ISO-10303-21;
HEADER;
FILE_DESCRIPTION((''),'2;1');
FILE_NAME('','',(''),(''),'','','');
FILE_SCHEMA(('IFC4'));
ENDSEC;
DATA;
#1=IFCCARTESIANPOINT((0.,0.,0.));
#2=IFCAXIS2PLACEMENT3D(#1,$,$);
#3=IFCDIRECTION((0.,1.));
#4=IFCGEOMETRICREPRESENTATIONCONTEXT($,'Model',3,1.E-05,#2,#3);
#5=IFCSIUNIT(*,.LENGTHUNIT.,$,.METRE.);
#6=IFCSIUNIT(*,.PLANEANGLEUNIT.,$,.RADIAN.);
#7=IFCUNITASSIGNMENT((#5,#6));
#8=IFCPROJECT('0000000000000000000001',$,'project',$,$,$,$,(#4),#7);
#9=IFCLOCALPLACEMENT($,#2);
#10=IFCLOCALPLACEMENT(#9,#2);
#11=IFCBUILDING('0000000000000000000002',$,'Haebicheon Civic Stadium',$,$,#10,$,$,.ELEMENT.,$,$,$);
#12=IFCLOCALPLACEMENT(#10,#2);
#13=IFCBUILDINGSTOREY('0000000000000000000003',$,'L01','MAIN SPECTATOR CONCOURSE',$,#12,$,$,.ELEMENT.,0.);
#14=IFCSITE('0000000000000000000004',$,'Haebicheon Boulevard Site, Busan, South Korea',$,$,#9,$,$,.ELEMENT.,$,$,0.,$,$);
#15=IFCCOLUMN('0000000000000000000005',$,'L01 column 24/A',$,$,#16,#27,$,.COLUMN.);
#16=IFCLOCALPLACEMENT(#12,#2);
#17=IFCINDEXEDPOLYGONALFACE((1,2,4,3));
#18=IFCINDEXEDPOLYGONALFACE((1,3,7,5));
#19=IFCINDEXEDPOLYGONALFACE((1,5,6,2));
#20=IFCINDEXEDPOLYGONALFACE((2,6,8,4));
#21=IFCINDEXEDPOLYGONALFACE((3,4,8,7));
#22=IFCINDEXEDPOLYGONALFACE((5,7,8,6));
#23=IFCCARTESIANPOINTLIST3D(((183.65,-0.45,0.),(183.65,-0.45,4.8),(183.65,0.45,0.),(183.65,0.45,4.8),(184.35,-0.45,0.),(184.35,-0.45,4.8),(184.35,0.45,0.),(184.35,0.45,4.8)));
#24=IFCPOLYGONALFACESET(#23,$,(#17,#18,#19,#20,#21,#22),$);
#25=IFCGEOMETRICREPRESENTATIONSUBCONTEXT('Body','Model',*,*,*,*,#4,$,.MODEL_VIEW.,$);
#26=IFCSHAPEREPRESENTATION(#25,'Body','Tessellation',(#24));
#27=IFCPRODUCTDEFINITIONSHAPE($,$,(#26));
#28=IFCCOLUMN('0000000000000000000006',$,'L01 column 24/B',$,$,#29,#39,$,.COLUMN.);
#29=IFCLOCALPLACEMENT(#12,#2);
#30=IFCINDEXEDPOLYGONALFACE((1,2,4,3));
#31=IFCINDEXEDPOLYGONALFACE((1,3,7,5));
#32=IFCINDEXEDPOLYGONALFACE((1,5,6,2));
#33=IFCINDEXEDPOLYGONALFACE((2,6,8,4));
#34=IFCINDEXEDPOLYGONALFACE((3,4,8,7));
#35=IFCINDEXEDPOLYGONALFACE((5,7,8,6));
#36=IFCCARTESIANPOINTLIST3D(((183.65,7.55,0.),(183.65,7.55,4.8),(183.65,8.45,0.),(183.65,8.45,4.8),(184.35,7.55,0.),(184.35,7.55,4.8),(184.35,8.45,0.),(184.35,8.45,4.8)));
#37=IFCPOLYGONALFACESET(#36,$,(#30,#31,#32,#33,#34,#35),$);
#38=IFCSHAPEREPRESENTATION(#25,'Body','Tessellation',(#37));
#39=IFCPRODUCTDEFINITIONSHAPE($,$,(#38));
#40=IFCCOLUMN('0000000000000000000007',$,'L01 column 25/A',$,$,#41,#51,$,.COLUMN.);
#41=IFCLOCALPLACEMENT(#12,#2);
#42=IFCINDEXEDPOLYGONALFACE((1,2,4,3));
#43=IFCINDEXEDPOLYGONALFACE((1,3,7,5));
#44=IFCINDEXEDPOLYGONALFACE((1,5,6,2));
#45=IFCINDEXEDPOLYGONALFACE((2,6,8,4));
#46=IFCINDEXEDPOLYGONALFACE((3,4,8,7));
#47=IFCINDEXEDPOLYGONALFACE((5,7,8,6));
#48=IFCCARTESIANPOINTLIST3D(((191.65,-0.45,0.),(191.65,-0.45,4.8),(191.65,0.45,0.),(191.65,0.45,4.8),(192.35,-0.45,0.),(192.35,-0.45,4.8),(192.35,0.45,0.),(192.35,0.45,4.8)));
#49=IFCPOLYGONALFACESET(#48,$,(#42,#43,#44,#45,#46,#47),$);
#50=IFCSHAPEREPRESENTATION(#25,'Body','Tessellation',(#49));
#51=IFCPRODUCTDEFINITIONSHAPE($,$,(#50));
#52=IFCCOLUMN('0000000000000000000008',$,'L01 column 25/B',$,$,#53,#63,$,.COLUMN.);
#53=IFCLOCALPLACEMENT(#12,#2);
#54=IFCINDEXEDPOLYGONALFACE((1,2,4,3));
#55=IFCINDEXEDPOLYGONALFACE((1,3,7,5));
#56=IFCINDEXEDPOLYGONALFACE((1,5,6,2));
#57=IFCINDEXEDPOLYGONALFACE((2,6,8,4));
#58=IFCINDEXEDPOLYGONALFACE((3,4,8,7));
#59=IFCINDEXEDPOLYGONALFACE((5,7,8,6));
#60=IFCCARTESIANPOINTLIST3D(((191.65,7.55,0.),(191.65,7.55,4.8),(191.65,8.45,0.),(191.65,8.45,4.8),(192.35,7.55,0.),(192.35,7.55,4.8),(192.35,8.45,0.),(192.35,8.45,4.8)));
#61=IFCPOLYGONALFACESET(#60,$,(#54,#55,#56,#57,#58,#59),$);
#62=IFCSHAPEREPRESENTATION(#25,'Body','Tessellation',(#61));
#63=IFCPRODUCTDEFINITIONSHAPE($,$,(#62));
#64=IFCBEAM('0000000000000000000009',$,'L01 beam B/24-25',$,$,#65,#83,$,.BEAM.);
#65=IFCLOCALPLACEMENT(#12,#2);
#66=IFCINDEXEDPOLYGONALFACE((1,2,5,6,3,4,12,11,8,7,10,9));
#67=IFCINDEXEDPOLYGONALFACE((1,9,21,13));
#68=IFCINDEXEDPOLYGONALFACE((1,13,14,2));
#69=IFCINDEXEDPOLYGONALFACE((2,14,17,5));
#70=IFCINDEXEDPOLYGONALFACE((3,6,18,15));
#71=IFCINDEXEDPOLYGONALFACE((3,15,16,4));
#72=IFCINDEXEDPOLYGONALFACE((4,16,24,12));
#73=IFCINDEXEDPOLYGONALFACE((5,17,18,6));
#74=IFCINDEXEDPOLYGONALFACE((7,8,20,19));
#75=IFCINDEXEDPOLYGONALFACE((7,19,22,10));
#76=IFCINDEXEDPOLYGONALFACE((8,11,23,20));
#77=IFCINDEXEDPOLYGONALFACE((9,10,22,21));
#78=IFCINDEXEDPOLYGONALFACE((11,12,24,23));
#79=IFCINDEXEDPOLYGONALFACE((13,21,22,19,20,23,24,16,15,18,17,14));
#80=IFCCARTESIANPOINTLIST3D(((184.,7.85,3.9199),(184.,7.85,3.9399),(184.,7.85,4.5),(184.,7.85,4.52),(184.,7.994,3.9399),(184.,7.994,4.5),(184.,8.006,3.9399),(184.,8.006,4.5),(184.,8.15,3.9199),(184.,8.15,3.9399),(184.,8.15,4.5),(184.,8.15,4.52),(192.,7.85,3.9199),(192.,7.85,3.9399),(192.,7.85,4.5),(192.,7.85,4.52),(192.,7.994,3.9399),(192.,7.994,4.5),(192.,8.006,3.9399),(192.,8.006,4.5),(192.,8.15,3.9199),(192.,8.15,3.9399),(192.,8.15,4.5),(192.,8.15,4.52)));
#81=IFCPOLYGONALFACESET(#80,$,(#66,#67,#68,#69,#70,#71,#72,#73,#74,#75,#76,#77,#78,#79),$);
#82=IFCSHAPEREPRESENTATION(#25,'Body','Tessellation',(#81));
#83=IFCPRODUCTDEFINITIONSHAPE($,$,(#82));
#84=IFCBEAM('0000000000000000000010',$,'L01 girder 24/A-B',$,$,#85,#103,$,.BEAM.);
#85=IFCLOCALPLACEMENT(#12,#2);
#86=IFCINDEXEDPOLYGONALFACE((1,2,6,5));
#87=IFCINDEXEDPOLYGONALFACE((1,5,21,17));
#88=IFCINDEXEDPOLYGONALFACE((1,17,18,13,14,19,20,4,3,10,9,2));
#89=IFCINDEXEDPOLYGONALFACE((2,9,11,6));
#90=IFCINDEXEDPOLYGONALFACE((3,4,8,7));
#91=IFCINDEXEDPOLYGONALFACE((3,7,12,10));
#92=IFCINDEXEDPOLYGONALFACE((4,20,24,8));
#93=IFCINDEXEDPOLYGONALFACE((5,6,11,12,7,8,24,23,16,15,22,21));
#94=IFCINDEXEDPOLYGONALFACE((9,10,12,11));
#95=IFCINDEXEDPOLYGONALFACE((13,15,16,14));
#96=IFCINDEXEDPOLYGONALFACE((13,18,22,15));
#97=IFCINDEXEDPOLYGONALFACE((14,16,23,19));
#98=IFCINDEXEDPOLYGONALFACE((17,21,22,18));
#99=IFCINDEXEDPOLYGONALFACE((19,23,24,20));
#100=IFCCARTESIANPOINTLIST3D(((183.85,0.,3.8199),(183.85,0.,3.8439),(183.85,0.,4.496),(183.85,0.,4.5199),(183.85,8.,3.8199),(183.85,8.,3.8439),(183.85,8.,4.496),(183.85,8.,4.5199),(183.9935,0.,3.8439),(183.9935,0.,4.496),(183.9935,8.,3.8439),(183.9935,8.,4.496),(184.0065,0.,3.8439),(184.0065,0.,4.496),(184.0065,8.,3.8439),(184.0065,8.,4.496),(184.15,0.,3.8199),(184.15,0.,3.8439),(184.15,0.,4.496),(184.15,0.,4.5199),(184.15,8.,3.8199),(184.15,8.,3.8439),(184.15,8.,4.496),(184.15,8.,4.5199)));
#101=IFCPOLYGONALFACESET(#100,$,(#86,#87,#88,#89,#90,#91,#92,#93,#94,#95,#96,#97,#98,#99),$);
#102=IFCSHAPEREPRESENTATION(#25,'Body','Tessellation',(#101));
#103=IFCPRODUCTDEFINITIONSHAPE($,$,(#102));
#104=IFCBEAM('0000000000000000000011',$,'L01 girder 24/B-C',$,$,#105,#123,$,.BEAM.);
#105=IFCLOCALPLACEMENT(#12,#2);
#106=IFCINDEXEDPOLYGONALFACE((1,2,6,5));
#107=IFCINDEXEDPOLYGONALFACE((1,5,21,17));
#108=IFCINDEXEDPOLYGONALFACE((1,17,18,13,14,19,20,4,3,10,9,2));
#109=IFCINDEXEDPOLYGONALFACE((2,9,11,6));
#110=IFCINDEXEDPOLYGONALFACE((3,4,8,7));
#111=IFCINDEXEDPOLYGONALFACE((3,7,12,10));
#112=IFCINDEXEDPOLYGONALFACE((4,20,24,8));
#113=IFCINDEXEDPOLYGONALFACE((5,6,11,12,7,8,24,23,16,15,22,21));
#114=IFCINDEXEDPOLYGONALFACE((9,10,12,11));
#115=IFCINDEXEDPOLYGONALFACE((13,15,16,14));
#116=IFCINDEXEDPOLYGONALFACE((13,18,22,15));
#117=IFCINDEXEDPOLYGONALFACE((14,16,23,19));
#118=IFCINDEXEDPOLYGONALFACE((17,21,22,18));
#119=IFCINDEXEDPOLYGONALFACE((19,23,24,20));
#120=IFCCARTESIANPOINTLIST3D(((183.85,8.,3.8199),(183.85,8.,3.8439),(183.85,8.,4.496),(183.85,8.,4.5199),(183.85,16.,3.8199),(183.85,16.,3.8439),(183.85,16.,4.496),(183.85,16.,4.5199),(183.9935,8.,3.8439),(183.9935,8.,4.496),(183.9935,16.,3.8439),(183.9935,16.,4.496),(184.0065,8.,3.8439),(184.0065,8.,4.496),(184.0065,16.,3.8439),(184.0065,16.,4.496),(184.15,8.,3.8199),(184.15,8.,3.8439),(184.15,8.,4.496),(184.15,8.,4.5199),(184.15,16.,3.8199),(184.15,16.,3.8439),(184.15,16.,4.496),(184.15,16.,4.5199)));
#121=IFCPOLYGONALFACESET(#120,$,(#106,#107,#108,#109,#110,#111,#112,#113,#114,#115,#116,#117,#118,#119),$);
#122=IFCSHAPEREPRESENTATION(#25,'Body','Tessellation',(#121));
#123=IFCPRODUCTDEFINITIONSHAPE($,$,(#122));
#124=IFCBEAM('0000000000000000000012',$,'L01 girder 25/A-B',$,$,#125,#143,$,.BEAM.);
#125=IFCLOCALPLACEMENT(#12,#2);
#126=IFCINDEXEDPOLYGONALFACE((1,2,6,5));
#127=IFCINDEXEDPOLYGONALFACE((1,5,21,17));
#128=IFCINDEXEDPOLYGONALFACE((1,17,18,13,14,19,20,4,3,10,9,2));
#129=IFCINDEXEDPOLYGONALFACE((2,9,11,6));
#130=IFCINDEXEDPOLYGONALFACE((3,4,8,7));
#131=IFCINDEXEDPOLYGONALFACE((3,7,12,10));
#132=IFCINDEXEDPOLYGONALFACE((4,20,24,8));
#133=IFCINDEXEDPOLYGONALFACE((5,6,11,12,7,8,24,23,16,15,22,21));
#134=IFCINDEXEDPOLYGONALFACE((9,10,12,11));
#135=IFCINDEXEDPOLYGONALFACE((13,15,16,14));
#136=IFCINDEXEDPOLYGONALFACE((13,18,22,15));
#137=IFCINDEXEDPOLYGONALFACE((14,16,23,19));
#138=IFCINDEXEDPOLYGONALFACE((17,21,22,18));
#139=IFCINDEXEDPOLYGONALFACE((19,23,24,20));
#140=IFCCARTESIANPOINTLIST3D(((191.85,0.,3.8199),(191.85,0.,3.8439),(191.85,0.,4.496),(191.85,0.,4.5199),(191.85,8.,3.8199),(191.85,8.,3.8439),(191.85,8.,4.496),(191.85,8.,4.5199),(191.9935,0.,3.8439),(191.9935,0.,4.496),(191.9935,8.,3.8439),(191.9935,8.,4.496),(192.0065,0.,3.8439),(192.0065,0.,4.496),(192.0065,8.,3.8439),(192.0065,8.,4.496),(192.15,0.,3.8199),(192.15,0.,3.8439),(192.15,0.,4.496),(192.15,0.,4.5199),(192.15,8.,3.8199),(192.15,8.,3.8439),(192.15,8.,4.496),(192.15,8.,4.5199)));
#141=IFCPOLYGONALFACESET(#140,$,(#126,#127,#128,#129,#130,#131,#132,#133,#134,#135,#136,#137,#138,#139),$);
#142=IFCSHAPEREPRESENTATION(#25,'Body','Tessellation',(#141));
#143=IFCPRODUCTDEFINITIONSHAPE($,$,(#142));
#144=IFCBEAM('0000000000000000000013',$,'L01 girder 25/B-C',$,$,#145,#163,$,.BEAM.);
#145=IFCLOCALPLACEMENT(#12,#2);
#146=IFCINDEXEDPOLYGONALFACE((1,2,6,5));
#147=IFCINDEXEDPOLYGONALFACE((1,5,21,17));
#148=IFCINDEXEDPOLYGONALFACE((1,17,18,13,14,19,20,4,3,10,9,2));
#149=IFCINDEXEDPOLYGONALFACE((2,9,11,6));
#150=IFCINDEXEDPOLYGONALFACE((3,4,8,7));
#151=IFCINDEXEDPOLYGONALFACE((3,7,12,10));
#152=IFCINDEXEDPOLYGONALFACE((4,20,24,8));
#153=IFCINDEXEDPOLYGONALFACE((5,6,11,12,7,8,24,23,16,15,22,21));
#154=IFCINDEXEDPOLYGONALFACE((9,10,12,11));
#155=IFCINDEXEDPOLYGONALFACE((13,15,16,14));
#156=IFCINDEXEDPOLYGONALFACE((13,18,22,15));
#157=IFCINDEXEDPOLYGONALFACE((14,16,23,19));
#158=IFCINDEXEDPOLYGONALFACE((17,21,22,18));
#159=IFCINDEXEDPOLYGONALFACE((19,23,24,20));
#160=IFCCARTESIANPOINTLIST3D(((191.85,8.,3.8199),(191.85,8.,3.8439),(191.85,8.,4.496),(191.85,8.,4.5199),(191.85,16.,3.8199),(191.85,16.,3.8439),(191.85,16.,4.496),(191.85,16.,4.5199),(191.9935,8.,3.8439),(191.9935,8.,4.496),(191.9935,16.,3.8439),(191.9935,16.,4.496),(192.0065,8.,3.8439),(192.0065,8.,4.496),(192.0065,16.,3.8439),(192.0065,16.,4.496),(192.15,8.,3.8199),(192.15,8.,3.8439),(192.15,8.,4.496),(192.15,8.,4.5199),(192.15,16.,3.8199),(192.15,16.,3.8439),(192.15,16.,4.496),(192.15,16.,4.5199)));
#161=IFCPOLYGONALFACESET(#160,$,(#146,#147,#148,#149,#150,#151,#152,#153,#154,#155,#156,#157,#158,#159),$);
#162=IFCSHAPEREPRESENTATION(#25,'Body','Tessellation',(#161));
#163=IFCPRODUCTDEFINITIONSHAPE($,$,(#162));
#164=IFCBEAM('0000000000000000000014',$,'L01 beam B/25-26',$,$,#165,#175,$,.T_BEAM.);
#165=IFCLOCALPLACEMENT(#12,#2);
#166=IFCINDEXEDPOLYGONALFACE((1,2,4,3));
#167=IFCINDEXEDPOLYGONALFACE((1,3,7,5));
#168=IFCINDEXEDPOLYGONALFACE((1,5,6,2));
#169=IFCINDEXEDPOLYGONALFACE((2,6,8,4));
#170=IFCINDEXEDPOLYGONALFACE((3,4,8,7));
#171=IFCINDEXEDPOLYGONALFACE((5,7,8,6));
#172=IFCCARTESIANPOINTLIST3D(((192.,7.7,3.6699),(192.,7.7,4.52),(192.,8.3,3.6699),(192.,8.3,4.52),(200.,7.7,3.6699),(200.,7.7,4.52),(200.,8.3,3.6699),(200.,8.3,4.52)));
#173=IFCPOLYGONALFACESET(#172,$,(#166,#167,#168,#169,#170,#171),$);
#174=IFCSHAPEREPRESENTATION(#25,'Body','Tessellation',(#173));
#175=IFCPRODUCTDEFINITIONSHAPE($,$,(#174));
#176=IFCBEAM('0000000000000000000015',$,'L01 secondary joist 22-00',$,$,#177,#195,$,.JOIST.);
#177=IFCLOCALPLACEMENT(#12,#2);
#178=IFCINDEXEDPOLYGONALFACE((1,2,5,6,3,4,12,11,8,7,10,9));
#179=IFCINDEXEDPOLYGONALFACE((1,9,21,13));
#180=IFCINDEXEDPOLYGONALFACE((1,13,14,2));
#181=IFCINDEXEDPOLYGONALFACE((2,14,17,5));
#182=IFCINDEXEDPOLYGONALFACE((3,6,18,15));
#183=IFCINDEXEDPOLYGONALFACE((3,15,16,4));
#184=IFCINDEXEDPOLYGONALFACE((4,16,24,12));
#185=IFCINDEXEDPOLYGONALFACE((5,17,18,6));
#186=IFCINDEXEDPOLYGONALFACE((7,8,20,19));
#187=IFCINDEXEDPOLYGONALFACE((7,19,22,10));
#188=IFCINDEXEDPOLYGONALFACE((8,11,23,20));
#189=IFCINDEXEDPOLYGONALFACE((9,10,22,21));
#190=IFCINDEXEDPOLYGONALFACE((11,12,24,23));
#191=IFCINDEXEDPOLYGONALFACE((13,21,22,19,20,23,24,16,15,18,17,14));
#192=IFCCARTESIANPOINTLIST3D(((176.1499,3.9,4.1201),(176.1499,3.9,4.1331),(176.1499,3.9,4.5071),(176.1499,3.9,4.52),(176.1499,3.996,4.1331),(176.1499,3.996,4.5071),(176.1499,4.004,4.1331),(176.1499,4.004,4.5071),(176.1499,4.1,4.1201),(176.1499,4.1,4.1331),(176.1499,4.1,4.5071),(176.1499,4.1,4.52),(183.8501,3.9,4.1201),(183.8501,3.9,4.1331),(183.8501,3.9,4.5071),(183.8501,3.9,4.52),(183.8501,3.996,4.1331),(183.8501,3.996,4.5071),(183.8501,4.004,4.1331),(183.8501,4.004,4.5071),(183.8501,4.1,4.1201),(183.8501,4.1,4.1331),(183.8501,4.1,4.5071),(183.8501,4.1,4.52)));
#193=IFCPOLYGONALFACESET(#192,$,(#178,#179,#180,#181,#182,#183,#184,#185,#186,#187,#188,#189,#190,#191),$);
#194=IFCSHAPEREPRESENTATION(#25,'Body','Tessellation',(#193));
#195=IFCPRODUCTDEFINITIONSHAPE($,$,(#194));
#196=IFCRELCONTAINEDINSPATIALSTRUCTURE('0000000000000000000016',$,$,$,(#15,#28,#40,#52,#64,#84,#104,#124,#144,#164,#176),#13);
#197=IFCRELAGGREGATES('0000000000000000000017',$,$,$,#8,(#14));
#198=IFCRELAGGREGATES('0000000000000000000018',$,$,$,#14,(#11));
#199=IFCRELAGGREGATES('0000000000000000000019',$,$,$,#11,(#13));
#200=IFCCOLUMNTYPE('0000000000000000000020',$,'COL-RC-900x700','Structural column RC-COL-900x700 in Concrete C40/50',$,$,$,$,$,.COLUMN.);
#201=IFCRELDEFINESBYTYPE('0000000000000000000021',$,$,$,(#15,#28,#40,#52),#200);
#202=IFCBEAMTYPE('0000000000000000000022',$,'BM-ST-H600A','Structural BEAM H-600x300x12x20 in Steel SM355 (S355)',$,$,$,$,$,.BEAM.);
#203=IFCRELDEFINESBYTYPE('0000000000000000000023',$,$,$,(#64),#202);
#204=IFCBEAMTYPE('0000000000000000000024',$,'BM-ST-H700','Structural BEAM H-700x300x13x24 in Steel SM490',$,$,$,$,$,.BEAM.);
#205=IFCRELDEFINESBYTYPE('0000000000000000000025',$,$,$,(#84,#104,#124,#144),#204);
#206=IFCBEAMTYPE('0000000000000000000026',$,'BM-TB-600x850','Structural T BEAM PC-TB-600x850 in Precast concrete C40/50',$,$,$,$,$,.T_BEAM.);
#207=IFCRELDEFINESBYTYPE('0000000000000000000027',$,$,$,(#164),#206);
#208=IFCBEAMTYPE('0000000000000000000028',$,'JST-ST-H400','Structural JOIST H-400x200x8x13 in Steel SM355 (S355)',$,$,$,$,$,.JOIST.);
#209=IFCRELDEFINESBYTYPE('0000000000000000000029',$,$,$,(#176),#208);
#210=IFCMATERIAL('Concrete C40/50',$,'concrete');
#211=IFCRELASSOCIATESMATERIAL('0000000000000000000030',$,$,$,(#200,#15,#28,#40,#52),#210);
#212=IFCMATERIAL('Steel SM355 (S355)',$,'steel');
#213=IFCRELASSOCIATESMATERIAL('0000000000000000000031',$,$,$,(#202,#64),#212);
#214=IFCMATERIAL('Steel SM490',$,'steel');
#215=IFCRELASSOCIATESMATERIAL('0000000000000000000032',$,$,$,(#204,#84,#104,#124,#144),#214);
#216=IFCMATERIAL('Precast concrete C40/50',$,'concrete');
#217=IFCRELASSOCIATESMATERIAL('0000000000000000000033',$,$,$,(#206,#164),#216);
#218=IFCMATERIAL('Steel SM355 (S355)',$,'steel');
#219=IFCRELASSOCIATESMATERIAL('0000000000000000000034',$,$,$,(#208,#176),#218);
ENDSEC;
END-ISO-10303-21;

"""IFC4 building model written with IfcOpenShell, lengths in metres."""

from ifc_helpers import new_model, si_unit, direction, frame, origin, origin_2d, place, context, subcontext, project, spatial, rectangle, i_section, extrude, material, material_profile, profile_set, type_object, element, save


model = new_model("IFC4")

# Units and contexts
model_context = context("Model", 3, precision=1e-05, world=origin(), true_north=direction((0.0, 1.0)))
body_context = subcontext(model_context, "Body", "Model", "MODEL_VIEW")
ifc_project = project(units=[si_unit("LENGTHUNIT", "METRE"), si_unit("PLANEANGLEUNIT", "RADIAN")], contexts=[model_context])

# Site, building, storey
site_placement = place(None, origin())
site = spatial("IfcSite", under=ifc_project, at=site_placement, Name="Haebicheon Boulevard Site, Busan, South Korea", CompositionType="ELEMENT", RefElevation=0.0)
building_placement = place(site_placement, origin())
building = spatial("IfcBuilding", under=site, at=building_placement, Name="Haebicheon Civic Stadium", CompositionType="ELEMENT")
storey_placement = place(building_placement, origin())
storey = spatial("IfcBuildingStorey", under=building, at=storey_placement, Name="L01", Description="MAIN SPECTATOR CONCOURSE", CompositionType="ELEMENT", Elevation=0.0)

# Columns
ifc_material_1 = material(Name="Concrete C40/50", Category="concrete")
ifc_material_profile_1 = material_profile(ifc_material_1, rectangle(XDim=0.7, YDim=0.8999, at=origin_2d()), Name="RC-COL-900x700")
ifc_profile_set_1 = profile_set([ifc_material_profile_1], Name="Concrete C40/50")
column_type = type_object("IfcColumnType", Name="COL-RC-900x700", Description="Structural column RC-COL-900x700 in Concrete C40/50", PredefinedType="COLUMN", material=ifc_profile_set_1)
for number, where, z_axis, x_axis, name in (
    (1, (184.0, 0.0, 0.0), (0.0, 0.0, 1.0), (1.0, 0.0, 0.0), "L01 column 24/A"),
    (2, (184.0, 8.0, 0.0), (0.0, 0.0, 1.0), (1.0, 0.0, 0.0), "L01 column 24/B"),
    (3, (192.0, 0.0, 0.0), (0.0, 0.0, 1.0), (1.0, 0.0, 0.0), "L01 column 25/A"),
    (4, (192.0, 8.0, 0.0), (0.0, 0.0, 1.0), (1.0, 0.0, 0.0), "L01 column 25/B"),
):
    element("IfcColumn", number, at=place(storey_placement, frame(where, z_axis=z_axis, x_axis=x_axis)), inside=storey, type_object=column_type, material=ifc_profile_set_1, Name=name, PredefinedType="COLUMN", context=body_context, shape_type="SweptSolid", body=[
        extrude(rectangle(XDim=0.7, YDim=0.8999, at=origin_2d()), origin(), (0.0, 0.0, 1.0), 4.8),
    ])

# Beams
ifc_material_2 = material(Name="Steel SM355 (S355)", Category="steel")
ifc_material_profile_2 = material_profile(ifc_material_2, i_section(OverallWidth=0.3, OverallDepth=0.6001, WebThickness=0.012, FlangeThickness=0.02, at=origin_2d()), Name="H-600x300x12x20")
ifc_profile_set_2 = profile_set([ifc_material_profile_2], Name="Steel SM355 (S355)")
beam_type_1 = type_object("IfcBeamType", Name="BM-ST-H600A", Description="Structural BEAM H-600x300x12x20 in Steel SM355 (S355)", PredefinedType="BEAM", material=ifc_profile_set_2)
beam_1_placement = place(storey_placement, frame((184.0, 8.0, 4.22), z_axis=(1.0, 0.0, 0.0), x_axis=(0.0, 1.0, 0.0)))
element("IfcBeam", 5, at=beam_1_placement, inside=storey, type_object=beam_type_1, material=ifc_profile_set_2, Name="L01 beam B/24-25", PredefinedType="BEAM", context=body_context, shape_type="SweptSolid", body=[
    extrude(i_section(OverallWidth=0.3, OverallDepth=0.6001, WebThickness=0.012, FlangeThickness=0.02, at=origin_2d()), origin(), (0.0, 0.0, 1.0), 8.0),
])
ifc_material_3 = material(Name="Steel SM490", Category="steel")
ifc_material_profile_3 = material_profile(ifc_material_3, i_section(OverallWidth=0.3, OverallDepth=0.7, WebThickness=0.0129, FlangeThickness=0.0239, at=origin_2d()), Name="H-700x300x13x24")
ifc_profile_set_3 = profile_set([ifc_material_profile_3], Name="Steel SM490")
beam_type_2 = type_object("IfcBeamType", Name="BM-ST-H700", Description="Structural BEAM H-700x300x13x24 in Steel SM490", PredefinedType="BEAM", material=ifc_profile_set_3)
for number, where, z_axis, x_axis, name in (
    (6, (184.0, 0.0, 4.1699), (0.0, 1.0, 0.0), (-1.0, 0.0, 0.0), "L01 girder 24/A-B"),
    (7, (184.0, 8.0, 4.1699), (0.0, 1.0, 0.0), (-1.0, 0.0, 0.0), "L01 girder 24/B-C"),
    (8, (192.0, 0.0, 4.1699), (0.0, 1.0, 0.0), (-1.0, 0.0, 0.0), "L01 girder 25/A-B"),
    (9, (192.0, 8.0, 4.1699), (0.0, 1.0, 0.0), (-1.0, 0.0, 0.0), "L01 girder 25/B-C"),
):
    element("IfcBeam", number, at=place(storey_placement, frame(where, z_axis=z_axis, x_axis=x_axis)), inside=storey, type_object=beam_type_2, material=ifc_profile_set_3, Name=name, PredefinedType="BEAM", context=body_context, shape_type="SweptSolid", body=[
        extrude(i_section(OverallWidth=0.3, OverallDepth=0.7, WebThickness=0.0129, FlangeThickness=0.0239, at=origin_2d()), origin(), (0.0, 0.0, 1.0), 8.0),
    ])
ifc_material_4 = material(Name="Precast concrete C40/50", Category="concrete")
ifc_material_profile_4 = material_profile(ifc_material_4, rectangle(XDim=0.6001, YDim=0.8501, at=origin_2d()), Name="PC-TB-600x850")
ifc_profile_set_4 = profile_set([ifc_material_profile_4], Name="Precast concrete C40/50")
beam_type_3 = type_object("IfcBeamType", Name="BM-TB-600x850", Description="Structural T BEAM PC-TB-600x850 in Precast concrete C40/50", PredefinedType="T_BEAM", material=ifc_profile_set_4)
beam_2_placement = place(storey_placement, frame((192.0, 8.0, 4.095), z_axis=(1.0, 0.0, 0.0), x_axis=(0.0, 1.0, 0.0)))
element("IfcBeam", 10, at=beam_2_placement, inside=storey, type_object=beam_type_3, material=ifc_profile_set_4, Name="L01 beam B/25-26", PredefinedType="T_BEAM", context=body_context, shape_type="SweptSolid", body=[
    extrude(rectangle(XDim=0.6001, YDim=0.8501, at=origin_2d()), origin(), (0.0, 0.0, 1.0), 8.0),
])
ifc_material_5 = material(Name="Steel SM355 (S355)", Category="steel")
ifc_material_profile_5 = material_profile(ifc_material_5, i_section(OverallWidth=0.2, OverallDepth=0.3999, WebThickness=0.0081, FlangeThickness=0.0129, at=origin_2d()), Name="H-400x200x8x13")
ifc_profile_set_5 = profile_set([ifc_material_profile_5], Name="Steel SM355 (S355)")
beam_type_4 = type_object("IfcBeamType", Name="JST-ST-H400", Description="Structural JOIST H-400x200x8x13 in Steel SM355 (S355)", PredefinedType="JOIST", material=ifc_profile_set_5)
for number, where, z_axis, x_axis, name in (
    (11, (176.1499, 4.0, 4.3201), (1.0, 0.0, 0.0), (0.0, 1.0, 0.0), "L01 secondary joist 22-00"),
):
    element("IfcBeam", number, at=place(storey_placement, frame(where, z_axis=z_axis, x_axis=x_axis)), inside=storey, type_object=beam_type_4, material=ifc_profile_set_5, Name=name, PredefinedType="JOIST", context=body_context, shape_type="SweptSolid", body=[
        extrude(i_section(OverallWidth=0.2, OverallDepth=0.3999, WebThickness=0.0081, FlangeThickness=0.0129, at=origin_2d()), origin(), (0.0, 0.0, 1.0), 7.7002),
    ])

save(model, "model.ifc")
